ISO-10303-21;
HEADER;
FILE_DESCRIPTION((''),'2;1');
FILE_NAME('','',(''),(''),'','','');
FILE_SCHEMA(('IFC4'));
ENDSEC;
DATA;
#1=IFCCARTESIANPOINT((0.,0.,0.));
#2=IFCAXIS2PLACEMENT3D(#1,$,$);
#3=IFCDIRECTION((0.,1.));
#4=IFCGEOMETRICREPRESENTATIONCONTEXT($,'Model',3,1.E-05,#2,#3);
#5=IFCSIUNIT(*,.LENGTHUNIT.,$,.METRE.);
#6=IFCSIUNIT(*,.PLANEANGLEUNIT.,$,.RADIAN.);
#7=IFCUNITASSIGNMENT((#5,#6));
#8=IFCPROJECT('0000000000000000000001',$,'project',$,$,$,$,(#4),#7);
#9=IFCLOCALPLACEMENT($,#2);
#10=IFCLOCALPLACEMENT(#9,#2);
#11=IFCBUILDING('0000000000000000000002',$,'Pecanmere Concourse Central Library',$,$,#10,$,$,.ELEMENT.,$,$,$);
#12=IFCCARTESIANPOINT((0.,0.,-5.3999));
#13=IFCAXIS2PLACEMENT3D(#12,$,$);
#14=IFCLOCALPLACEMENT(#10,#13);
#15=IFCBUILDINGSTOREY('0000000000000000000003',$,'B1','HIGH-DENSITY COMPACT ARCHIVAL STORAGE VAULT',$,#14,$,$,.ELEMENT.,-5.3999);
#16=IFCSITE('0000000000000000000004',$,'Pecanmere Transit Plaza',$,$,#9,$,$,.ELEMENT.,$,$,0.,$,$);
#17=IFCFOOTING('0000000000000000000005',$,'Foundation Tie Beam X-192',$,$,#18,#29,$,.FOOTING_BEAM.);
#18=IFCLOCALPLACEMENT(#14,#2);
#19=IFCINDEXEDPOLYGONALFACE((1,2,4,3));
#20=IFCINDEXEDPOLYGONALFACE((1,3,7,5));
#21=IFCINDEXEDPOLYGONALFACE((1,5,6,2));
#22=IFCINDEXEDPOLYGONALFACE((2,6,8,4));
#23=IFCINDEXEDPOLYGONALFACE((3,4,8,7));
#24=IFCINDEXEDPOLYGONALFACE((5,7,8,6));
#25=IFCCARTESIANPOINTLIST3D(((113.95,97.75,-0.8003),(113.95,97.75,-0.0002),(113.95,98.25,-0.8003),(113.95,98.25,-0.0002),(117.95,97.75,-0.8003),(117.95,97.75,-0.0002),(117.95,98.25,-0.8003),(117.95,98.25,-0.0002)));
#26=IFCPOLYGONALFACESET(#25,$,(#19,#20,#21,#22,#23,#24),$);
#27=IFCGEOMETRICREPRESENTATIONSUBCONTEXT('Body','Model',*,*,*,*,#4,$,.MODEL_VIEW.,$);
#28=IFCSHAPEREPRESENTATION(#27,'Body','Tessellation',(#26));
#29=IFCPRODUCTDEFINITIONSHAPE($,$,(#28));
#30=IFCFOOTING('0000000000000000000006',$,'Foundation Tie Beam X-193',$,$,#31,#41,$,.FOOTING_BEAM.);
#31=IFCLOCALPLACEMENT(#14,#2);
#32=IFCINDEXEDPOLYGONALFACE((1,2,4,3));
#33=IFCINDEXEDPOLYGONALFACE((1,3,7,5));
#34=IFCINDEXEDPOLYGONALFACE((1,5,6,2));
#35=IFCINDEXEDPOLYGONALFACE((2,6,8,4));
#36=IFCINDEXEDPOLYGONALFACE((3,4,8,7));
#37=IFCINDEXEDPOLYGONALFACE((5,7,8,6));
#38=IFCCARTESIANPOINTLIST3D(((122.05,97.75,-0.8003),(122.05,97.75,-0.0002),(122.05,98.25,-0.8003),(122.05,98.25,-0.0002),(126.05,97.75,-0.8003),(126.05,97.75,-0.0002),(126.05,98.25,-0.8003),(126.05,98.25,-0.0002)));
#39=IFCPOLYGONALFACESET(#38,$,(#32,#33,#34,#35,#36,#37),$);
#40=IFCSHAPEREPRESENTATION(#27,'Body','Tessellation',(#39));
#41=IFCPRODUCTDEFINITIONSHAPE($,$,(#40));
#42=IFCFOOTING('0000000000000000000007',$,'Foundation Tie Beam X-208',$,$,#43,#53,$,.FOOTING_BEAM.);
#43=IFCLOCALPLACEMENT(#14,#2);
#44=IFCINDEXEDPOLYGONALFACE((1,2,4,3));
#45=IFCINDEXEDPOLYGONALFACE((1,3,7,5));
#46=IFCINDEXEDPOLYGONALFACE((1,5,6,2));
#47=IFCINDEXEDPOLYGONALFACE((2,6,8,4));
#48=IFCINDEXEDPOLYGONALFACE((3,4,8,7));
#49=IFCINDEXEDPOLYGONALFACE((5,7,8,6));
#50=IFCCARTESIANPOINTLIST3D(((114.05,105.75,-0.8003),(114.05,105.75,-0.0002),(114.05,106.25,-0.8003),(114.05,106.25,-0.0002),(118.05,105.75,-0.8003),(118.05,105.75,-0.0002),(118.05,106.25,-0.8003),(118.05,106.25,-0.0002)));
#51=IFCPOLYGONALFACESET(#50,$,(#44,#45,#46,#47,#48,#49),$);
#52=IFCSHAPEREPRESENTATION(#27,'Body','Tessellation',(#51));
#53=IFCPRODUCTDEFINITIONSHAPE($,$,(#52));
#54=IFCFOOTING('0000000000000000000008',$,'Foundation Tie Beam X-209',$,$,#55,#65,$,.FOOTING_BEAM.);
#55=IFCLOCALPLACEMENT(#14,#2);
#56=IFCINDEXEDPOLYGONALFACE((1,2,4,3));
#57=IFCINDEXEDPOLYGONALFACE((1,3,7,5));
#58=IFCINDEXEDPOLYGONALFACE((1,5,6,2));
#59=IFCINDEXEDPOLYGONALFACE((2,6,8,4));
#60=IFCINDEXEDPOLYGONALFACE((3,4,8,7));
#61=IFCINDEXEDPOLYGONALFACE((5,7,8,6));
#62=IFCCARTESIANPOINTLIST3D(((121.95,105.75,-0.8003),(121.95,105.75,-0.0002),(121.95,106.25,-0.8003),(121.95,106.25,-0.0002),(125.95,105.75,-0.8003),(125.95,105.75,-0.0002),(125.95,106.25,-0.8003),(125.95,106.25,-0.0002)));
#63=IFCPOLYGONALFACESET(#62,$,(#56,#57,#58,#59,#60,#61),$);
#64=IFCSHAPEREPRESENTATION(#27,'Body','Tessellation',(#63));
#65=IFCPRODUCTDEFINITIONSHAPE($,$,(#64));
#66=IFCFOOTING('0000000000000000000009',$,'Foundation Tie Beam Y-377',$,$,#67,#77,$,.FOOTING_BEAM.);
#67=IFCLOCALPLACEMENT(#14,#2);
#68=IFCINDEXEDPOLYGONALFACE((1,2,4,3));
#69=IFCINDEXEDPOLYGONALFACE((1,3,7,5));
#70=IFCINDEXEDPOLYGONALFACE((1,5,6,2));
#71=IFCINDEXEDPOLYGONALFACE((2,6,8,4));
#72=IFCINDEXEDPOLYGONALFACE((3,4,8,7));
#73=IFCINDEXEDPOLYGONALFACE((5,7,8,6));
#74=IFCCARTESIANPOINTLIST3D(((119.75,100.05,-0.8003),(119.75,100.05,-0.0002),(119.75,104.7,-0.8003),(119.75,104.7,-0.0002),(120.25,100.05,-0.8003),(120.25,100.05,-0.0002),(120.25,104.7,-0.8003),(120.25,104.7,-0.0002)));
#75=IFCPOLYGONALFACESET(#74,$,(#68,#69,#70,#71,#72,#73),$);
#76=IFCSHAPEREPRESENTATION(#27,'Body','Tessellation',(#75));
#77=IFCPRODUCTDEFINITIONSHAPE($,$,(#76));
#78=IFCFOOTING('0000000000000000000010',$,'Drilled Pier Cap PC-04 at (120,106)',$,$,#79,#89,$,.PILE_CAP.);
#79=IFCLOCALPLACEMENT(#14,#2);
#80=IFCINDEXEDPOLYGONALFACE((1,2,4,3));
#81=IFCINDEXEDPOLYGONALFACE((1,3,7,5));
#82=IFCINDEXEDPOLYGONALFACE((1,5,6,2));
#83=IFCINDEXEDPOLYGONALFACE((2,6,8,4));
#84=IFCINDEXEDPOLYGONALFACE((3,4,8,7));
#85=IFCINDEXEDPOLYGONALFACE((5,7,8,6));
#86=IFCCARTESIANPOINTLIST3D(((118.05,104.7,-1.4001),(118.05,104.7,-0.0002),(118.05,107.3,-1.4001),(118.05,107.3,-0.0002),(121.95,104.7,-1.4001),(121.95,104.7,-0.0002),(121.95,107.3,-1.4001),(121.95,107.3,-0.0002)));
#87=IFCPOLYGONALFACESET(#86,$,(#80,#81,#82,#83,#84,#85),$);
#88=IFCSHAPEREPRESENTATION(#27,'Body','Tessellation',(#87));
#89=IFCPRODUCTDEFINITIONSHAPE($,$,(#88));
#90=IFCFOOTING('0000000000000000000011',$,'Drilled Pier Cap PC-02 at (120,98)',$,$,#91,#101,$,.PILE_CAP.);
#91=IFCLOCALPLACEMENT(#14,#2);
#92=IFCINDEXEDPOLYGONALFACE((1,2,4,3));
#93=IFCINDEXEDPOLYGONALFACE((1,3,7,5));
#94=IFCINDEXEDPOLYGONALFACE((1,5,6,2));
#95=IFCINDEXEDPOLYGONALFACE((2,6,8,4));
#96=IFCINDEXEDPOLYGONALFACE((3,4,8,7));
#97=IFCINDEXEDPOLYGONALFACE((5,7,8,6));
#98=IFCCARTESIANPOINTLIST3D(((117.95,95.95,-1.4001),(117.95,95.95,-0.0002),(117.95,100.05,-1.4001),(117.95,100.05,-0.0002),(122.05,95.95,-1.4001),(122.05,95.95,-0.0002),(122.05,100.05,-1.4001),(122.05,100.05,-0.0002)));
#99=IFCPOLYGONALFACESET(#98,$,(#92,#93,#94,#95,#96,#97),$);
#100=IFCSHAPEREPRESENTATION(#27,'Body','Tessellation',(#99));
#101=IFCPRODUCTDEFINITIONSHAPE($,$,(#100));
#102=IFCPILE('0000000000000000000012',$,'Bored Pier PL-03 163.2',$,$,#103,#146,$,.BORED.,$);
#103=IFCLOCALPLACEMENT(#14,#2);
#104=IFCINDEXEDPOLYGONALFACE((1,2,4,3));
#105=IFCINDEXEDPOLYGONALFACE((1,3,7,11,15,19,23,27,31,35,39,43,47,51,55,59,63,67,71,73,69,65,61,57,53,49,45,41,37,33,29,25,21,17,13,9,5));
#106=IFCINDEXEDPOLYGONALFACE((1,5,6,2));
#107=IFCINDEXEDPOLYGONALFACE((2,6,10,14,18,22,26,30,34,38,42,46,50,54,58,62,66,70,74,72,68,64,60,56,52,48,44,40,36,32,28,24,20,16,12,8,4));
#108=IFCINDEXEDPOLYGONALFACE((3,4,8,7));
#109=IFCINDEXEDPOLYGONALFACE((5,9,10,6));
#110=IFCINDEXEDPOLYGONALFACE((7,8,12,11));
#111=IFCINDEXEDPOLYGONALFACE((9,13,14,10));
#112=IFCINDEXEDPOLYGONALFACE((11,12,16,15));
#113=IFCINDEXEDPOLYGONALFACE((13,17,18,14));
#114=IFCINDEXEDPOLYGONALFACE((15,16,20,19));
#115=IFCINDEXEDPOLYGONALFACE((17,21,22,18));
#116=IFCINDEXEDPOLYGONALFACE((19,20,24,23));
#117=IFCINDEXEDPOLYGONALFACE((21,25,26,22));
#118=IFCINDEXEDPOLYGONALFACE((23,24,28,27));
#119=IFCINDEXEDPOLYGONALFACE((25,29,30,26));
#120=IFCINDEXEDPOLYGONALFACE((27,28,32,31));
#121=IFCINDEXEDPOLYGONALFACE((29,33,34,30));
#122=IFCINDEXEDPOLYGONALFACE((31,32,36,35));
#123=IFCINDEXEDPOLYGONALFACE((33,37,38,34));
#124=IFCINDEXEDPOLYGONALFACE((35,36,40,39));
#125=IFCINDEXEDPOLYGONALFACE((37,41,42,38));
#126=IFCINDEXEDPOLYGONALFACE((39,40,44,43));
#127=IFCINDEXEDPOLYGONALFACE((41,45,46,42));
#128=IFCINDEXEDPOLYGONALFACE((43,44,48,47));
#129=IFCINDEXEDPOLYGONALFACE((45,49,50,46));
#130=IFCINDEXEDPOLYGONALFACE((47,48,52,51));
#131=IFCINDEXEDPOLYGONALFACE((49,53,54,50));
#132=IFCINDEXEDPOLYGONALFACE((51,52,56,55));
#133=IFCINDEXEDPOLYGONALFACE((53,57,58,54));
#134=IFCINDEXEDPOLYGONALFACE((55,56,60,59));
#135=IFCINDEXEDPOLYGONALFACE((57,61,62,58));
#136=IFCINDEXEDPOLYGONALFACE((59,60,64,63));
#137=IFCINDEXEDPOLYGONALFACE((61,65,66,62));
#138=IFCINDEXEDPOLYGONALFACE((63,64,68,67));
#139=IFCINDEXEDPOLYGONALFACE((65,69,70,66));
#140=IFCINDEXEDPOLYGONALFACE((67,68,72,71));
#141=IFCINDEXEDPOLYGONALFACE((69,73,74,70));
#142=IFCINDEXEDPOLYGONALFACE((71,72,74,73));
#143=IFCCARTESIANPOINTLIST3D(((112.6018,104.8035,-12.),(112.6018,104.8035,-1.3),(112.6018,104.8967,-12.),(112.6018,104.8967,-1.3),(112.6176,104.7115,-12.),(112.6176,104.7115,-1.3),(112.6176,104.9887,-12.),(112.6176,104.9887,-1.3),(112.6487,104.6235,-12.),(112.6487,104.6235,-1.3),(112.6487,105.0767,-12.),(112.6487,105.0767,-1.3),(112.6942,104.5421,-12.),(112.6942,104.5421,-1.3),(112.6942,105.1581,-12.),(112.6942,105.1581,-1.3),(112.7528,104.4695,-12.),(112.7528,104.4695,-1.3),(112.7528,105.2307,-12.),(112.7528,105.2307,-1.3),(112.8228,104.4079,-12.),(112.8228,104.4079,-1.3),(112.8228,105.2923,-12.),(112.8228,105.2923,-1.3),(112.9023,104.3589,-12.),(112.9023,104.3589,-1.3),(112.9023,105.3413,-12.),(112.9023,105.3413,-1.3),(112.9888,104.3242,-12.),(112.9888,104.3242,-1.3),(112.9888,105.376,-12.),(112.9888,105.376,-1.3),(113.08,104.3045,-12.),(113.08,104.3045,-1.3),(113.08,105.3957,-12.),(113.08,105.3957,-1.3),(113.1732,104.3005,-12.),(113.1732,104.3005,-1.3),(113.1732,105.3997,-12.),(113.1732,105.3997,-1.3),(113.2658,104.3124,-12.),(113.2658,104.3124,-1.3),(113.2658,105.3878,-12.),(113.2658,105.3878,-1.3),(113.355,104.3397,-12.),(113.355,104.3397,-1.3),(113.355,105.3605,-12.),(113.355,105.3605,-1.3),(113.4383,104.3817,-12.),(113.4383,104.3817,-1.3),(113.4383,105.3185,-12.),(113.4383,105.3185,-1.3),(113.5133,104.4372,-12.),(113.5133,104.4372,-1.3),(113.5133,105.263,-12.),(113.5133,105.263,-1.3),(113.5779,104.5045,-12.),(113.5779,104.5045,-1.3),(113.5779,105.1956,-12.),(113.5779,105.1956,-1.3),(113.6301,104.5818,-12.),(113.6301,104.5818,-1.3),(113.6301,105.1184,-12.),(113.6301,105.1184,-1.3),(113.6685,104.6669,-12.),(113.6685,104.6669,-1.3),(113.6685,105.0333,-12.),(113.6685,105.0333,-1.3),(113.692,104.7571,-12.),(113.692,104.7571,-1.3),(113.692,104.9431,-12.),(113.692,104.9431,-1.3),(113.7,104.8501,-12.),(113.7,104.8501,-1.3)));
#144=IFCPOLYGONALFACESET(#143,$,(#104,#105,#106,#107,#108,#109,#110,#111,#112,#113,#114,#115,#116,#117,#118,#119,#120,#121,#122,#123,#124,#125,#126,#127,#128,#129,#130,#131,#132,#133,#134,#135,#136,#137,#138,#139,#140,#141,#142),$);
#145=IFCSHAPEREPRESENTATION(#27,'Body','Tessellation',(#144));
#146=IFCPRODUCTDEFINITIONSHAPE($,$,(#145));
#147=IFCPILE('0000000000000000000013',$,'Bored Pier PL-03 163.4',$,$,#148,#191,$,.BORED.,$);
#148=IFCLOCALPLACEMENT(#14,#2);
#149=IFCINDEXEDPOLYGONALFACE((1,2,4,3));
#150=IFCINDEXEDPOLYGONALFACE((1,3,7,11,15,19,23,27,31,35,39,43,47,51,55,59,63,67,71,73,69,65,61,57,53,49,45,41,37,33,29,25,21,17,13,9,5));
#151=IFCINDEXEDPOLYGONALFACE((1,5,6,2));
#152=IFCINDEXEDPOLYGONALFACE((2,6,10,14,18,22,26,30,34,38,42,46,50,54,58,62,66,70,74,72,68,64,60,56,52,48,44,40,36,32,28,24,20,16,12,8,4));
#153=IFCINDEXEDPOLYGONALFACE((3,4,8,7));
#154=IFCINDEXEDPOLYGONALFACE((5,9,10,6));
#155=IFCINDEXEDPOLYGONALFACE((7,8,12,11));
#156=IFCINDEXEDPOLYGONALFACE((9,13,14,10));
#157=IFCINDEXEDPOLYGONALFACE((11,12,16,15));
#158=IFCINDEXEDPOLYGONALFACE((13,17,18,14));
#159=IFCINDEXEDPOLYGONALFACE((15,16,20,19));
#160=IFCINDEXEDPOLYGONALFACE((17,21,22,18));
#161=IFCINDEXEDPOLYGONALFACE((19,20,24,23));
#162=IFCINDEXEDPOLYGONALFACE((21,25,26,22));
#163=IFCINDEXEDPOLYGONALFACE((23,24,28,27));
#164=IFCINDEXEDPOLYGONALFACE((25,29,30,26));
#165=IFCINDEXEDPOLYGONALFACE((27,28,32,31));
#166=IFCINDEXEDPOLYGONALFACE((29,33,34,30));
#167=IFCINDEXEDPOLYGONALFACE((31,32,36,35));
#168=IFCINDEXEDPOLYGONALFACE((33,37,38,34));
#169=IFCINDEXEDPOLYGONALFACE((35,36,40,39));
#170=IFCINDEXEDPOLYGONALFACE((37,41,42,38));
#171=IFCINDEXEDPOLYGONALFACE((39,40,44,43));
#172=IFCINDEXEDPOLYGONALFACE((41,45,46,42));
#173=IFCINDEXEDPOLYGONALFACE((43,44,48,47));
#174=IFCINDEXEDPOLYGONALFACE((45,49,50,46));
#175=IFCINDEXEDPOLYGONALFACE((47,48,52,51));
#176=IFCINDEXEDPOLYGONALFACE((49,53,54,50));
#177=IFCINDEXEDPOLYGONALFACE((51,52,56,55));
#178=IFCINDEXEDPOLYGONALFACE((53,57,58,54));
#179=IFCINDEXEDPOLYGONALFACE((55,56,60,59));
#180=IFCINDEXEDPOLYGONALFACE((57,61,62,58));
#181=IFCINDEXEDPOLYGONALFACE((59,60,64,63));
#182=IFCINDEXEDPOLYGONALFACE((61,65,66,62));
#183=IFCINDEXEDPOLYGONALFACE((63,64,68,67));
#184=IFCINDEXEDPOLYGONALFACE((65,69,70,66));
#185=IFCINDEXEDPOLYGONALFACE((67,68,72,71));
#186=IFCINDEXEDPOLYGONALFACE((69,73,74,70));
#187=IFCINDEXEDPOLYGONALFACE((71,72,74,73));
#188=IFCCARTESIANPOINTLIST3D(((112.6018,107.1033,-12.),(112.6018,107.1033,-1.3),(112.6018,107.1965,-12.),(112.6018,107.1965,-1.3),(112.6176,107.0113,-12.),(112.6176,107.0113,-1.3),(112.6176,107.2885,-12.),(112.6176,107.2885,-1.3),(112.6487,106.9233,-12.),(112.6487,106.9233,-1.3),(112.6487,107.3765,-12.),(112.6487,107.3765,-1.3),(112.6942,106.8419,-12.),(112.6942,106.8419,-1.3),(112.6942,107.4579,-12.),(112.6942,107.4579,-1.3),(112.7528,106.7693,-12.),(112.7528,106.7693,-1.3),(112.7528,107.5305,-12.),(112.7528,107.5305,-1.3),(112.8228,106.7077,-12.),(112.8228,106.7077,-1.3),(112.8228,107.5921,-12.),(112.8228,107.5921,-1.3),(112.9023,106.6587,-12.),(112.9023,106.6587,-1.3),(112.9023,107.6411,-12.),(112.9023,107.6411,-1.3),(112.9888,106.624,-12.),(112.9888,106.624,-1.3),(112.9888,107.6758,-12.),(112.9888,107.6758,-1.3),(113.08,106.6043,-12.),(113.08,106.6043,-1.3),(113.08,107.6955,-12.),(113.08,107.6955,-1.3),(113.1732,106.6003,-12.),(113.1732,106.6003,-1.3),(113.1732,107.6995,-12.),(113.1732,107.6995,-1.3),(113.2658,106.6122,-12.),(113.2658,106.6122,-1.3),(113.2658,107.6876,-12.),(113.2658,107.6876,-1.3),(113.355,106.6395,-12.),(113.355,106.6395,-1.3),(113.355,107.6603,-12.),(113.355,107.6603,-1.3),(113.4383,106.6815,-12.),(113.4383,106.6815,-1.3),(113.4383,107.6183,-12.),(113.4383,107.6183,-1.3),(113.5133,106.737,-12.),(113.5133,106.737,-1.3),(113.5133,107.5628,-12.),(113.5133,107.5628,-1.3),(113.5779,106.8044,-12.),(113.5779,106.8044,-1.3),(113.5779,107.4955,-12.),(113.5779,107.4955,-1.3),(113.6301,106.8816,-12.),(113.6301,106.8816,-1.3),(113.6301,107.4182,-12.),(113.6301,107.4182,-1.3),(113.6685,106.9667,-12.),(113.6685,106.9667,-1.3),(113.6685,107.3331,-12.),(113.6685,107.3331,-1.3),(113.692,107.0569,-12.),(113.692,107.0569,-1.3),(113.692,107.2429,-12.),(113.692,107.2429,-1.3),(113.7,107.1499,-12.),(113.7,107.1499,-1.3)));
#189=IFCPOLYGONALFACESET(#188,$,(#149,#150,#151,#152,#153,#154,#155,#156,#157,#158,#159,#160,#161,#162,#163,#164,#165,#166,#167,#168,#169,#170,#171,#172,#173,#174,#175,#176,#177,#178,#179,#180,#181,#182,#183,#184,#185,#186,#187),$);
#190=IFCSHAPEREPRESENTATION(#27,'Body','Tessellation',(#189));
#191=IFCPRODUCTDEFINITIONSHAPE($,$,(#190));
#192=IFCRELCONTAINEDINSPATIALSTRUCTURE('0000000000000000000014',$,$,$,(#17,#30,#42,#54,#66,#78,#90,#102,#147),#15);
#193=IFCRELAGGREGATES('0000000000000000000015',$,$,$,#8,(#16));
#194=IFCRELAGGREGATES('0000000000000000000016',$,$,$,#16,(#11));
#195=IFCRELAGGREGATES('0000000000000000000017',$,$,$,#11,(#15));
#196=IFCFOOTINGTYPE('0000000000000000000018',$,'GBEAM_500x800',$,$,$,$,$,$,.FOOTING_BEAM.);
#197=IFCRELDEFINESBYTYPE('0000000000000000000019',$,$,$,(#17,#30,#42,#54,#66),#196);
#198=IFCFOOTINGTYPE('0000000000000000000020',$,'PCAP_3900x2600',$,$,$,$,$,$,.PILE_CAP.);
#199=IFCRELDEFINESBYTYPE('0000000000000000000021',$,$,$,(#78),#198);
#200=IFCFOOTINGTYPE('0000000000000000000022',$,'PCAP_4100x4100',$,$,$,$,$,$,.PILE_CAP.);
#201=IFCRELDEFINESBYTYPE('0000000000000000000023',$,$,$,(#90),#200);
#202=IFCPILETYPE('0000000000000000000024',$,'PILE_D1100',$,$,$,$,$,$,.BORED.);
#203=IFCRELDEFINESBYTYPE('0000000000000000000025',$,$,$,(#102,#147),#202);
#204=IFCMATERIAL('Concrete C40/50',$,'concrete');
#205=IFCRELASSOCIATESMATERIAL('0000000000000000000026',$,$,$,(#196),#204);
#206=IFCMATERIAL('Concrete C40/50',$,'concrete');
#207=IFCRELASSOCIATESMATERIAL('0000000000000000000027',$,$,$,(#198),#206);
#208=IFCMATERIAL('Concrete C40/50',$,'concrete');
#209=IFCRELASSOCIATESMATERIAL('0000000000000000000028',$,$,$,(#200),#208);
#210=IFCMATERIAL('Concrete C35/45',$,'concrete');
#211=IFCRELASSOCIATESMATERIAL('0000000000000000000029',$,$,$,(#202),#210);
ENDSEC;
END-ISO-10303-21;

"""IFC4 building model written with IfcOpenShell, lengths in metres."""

from ifc_helpers import new_model, si_unit, direction, frame, origin, origin_2d, place, context, subcontext, project, spatial, rectangle, circle, extrude, material, material_profile, profile_set, type_object, element, save


model = new_model("IFC4")

# Units and contexts
model_context = context("Model", 3, precision=1e-05, world=origin(), true_north=direction((0.0, 1.0)))
body_context = subcontext(model_context, "Body", "Model", "MODEL_VIEW")
ifc_project = project(units=[si_unit("LENGTHUNIT", "METRE"), si_unit("PLANEANGLEUNIT", "RADIAN")], contexts=[model_context])

# Site, building, storey
site_placement = place(None, origin())
site = spatial("IfcSite", under=ifc_project, at=site_placement, Name="Pecanmere Transit Plaza", CompositionType="ELEMENT", RefElevation=0.0)
building_placement = place(site_placement, origin())
building = spatial("IfcBuilding", under=site, at=building_placement, Name="Pecanmere Concourse Central Library", CompositionType="ELEMENT")
storey_placement = place(building_placement, frame((0.0, 0.0, -5.3999)))
storey = spatial("IfcBuildingStorey", under=building, at=storey_placement, Name="B1", Description="HIGH-DENSITY COMPACT ARCHIVAL STORAGE VAULT", CompositionType="ELEMENT", Elevation=-5.3999)

# Footings
ifc_material_1 = material(Name="Concrete C40/50", Category="concrete")
ifc_material_profile_1 = material_profile(ifc_material_1, rectangle(XDim=0.5, YDim=0.8, at=origin_2d()), Name="RC 500x800")
ifc_profile_set_1 = profile_set([ifc_material_profile_1], Name="Concrete C40/50")
footing_type_1 = type_object("IfcFootingType", Name="GBEAM_500x800", PredefinedType="FOOTING_BEAM", material=ifc_profile_set_1)
for number, where, z_axis, x_axis, name in (
    (1, (115.95, 98.0, -0.8003), (0.0, 0.0, 1.0), (1.0, 0.0, 0.0), "Foundation Tie Beam X-192"),
    (2, (124.05, 98.0, -0.8003), (0.0, 0.0, 1.0), (1.0, 0.0, 0.0), "Foundation Tie Beam X-193"),
    (3, (116.05, 106.0, -0.8003), (0.0, 0.0, 1.0), (1.0, 0.0, 0.0), "Foundation Tie Beam X-208"),
    (4, (123.95, 106.0, -0.8003), (0.0, 0.0, 1.0), (1.0, 0.0, 0.0), "Foundation Tie Beam X-209"),
):
    element("IfcFooting", number, at=place(storey_placement, frame(where, z_axis=z_axis, x_axis=x_axis)), inside=storey, type_object=footing_type_1, Name=name, PredefinedType="FOOTING_BEAM", context=body_context, shape_type="SweptSolid", body=[
        extrude(rectangle(XDim=4.0, YDim=0.5, at=origin_2d()), origin(), (0.0, 0.0, 1.0), 0.8),
    ])
footing_1_placement = place(storey_placement, frame((120.0, 102.375, -0.8003), z_axis=(0.0, 0.0, 1.0), x_axis=(0.0, 1.0, 0.0)))
element("IfcFooting", 5, at=footing_1_placement, inside=storey, type_object=footing_type_1, Name="Foundation Tie Beam Y-377", PredefinedType="FOOTING_BEAM", context=body_context, shape_type="SweptSolid", body=[
    extrude(rectangle(XDim=4.6499, YDim=0.5, at=origin_2d()), origin(), (0.0, 0.0, 1.0), 0.8),
])
ifc_material_2 = material(Name="Concrete C40/50", Category="concrete")
footing_type_2 = type_object("IfcFootingType", Name="PCAP_3900x2600", PredefinedType="PILE_CAP", material=ifc_material_2)
footing_2_placement = place(storey_placement, frame((120.0, 106.0, -1.4001), z_axis=(0.0, 0.0, 1.0), x_axis=(1.0, 0.0, 0.0)))
element("IfcFooting", 6, at=footing_2_placement, inside=storey, type_object=footing_type_2, Name="Drilled Pier Cap PC-04 at (120,106)", PredefinedType="PILE_CAP", context=body_context, shape_type="SweptSolid", body=[
    extrude(rectangle(XDim=3.8999, YDim=2.6001, at=origin_2d()), origin(), (0.0, 0.0, 1.0), 1.3999),
])
ifc_material_3 = material(Name="Concrete C40/50", Category="concrete")
footing_type_3 = type_object("IfcFootingType", Name="PCAP_4100x4100", PredefinedType="PILE_CAP", material=ifc_material_3)
footing_3_placement = place(storey_placement, frame((120.0, 98.0, -1.4001), z_axis=(0.0, 0.0, 1.0), x_axis=(1.0, 0.0, 0.0)))
element("IfcFooting", 7, at=footing_3_placement, inside=storey, type_object=footing_type_3, Name="Drilled Pier Cap PC-02 at (120,98)", PredefinedType="PILE_CAP", context=body_context, shape_type="SweptSolid", body=[
    extrude(rectangle(XDim=4.1001, YDim=4.1001, at=origin_2d()), origin(), (0.0, 0.0, 1.0), 1.3999),
])

# Piles
ifc_material_4 = material(Name="Concrete C35/45", Category="concrete")
ifc_material_profile_2 = material_profile(ifc_material_4, circle(Radius=0.55, at=origin_2d()), Name="PIER D1100")
ifc_profile_set_2 = profile_set([ifc_material_profile_2], Name="Concrete C35/45")
pile_type_1 = type_object("IfcPileType", Name="PILE_D1100", PredefinedType="BORED", material=ifc_profile_set_2)
for number, where, z_axis, x_axis, name in (
    (8, (113.1499, 104.8501, -1.3), (0.0, 0.0, -1.0), (1.0, 0.0, 0.0), "Bored Pier PL-03 163.2"),
    (9, (113.1499, 107.1499, -1.3), (0.0, 0.0, -1.0), (1.0, 0.0, 0.0), "Bored Pier PL-03 163.4"),
):
    element("IfcPile", number, at=place(storey_placement, frame(where, z_axis=z_axis, x_axis=x_axis)), inside=storey, type_object=pile_type_1, Name=name, PredefinedType="BORED", context=body_context, shape_type="SweptSolid", body=[
        extrude(circle(Radius=0.55, at=origin_2d()), origin(), (0.0, 0.0, 1.0), 10.7),
    ])

save(model, "model.ifc")
